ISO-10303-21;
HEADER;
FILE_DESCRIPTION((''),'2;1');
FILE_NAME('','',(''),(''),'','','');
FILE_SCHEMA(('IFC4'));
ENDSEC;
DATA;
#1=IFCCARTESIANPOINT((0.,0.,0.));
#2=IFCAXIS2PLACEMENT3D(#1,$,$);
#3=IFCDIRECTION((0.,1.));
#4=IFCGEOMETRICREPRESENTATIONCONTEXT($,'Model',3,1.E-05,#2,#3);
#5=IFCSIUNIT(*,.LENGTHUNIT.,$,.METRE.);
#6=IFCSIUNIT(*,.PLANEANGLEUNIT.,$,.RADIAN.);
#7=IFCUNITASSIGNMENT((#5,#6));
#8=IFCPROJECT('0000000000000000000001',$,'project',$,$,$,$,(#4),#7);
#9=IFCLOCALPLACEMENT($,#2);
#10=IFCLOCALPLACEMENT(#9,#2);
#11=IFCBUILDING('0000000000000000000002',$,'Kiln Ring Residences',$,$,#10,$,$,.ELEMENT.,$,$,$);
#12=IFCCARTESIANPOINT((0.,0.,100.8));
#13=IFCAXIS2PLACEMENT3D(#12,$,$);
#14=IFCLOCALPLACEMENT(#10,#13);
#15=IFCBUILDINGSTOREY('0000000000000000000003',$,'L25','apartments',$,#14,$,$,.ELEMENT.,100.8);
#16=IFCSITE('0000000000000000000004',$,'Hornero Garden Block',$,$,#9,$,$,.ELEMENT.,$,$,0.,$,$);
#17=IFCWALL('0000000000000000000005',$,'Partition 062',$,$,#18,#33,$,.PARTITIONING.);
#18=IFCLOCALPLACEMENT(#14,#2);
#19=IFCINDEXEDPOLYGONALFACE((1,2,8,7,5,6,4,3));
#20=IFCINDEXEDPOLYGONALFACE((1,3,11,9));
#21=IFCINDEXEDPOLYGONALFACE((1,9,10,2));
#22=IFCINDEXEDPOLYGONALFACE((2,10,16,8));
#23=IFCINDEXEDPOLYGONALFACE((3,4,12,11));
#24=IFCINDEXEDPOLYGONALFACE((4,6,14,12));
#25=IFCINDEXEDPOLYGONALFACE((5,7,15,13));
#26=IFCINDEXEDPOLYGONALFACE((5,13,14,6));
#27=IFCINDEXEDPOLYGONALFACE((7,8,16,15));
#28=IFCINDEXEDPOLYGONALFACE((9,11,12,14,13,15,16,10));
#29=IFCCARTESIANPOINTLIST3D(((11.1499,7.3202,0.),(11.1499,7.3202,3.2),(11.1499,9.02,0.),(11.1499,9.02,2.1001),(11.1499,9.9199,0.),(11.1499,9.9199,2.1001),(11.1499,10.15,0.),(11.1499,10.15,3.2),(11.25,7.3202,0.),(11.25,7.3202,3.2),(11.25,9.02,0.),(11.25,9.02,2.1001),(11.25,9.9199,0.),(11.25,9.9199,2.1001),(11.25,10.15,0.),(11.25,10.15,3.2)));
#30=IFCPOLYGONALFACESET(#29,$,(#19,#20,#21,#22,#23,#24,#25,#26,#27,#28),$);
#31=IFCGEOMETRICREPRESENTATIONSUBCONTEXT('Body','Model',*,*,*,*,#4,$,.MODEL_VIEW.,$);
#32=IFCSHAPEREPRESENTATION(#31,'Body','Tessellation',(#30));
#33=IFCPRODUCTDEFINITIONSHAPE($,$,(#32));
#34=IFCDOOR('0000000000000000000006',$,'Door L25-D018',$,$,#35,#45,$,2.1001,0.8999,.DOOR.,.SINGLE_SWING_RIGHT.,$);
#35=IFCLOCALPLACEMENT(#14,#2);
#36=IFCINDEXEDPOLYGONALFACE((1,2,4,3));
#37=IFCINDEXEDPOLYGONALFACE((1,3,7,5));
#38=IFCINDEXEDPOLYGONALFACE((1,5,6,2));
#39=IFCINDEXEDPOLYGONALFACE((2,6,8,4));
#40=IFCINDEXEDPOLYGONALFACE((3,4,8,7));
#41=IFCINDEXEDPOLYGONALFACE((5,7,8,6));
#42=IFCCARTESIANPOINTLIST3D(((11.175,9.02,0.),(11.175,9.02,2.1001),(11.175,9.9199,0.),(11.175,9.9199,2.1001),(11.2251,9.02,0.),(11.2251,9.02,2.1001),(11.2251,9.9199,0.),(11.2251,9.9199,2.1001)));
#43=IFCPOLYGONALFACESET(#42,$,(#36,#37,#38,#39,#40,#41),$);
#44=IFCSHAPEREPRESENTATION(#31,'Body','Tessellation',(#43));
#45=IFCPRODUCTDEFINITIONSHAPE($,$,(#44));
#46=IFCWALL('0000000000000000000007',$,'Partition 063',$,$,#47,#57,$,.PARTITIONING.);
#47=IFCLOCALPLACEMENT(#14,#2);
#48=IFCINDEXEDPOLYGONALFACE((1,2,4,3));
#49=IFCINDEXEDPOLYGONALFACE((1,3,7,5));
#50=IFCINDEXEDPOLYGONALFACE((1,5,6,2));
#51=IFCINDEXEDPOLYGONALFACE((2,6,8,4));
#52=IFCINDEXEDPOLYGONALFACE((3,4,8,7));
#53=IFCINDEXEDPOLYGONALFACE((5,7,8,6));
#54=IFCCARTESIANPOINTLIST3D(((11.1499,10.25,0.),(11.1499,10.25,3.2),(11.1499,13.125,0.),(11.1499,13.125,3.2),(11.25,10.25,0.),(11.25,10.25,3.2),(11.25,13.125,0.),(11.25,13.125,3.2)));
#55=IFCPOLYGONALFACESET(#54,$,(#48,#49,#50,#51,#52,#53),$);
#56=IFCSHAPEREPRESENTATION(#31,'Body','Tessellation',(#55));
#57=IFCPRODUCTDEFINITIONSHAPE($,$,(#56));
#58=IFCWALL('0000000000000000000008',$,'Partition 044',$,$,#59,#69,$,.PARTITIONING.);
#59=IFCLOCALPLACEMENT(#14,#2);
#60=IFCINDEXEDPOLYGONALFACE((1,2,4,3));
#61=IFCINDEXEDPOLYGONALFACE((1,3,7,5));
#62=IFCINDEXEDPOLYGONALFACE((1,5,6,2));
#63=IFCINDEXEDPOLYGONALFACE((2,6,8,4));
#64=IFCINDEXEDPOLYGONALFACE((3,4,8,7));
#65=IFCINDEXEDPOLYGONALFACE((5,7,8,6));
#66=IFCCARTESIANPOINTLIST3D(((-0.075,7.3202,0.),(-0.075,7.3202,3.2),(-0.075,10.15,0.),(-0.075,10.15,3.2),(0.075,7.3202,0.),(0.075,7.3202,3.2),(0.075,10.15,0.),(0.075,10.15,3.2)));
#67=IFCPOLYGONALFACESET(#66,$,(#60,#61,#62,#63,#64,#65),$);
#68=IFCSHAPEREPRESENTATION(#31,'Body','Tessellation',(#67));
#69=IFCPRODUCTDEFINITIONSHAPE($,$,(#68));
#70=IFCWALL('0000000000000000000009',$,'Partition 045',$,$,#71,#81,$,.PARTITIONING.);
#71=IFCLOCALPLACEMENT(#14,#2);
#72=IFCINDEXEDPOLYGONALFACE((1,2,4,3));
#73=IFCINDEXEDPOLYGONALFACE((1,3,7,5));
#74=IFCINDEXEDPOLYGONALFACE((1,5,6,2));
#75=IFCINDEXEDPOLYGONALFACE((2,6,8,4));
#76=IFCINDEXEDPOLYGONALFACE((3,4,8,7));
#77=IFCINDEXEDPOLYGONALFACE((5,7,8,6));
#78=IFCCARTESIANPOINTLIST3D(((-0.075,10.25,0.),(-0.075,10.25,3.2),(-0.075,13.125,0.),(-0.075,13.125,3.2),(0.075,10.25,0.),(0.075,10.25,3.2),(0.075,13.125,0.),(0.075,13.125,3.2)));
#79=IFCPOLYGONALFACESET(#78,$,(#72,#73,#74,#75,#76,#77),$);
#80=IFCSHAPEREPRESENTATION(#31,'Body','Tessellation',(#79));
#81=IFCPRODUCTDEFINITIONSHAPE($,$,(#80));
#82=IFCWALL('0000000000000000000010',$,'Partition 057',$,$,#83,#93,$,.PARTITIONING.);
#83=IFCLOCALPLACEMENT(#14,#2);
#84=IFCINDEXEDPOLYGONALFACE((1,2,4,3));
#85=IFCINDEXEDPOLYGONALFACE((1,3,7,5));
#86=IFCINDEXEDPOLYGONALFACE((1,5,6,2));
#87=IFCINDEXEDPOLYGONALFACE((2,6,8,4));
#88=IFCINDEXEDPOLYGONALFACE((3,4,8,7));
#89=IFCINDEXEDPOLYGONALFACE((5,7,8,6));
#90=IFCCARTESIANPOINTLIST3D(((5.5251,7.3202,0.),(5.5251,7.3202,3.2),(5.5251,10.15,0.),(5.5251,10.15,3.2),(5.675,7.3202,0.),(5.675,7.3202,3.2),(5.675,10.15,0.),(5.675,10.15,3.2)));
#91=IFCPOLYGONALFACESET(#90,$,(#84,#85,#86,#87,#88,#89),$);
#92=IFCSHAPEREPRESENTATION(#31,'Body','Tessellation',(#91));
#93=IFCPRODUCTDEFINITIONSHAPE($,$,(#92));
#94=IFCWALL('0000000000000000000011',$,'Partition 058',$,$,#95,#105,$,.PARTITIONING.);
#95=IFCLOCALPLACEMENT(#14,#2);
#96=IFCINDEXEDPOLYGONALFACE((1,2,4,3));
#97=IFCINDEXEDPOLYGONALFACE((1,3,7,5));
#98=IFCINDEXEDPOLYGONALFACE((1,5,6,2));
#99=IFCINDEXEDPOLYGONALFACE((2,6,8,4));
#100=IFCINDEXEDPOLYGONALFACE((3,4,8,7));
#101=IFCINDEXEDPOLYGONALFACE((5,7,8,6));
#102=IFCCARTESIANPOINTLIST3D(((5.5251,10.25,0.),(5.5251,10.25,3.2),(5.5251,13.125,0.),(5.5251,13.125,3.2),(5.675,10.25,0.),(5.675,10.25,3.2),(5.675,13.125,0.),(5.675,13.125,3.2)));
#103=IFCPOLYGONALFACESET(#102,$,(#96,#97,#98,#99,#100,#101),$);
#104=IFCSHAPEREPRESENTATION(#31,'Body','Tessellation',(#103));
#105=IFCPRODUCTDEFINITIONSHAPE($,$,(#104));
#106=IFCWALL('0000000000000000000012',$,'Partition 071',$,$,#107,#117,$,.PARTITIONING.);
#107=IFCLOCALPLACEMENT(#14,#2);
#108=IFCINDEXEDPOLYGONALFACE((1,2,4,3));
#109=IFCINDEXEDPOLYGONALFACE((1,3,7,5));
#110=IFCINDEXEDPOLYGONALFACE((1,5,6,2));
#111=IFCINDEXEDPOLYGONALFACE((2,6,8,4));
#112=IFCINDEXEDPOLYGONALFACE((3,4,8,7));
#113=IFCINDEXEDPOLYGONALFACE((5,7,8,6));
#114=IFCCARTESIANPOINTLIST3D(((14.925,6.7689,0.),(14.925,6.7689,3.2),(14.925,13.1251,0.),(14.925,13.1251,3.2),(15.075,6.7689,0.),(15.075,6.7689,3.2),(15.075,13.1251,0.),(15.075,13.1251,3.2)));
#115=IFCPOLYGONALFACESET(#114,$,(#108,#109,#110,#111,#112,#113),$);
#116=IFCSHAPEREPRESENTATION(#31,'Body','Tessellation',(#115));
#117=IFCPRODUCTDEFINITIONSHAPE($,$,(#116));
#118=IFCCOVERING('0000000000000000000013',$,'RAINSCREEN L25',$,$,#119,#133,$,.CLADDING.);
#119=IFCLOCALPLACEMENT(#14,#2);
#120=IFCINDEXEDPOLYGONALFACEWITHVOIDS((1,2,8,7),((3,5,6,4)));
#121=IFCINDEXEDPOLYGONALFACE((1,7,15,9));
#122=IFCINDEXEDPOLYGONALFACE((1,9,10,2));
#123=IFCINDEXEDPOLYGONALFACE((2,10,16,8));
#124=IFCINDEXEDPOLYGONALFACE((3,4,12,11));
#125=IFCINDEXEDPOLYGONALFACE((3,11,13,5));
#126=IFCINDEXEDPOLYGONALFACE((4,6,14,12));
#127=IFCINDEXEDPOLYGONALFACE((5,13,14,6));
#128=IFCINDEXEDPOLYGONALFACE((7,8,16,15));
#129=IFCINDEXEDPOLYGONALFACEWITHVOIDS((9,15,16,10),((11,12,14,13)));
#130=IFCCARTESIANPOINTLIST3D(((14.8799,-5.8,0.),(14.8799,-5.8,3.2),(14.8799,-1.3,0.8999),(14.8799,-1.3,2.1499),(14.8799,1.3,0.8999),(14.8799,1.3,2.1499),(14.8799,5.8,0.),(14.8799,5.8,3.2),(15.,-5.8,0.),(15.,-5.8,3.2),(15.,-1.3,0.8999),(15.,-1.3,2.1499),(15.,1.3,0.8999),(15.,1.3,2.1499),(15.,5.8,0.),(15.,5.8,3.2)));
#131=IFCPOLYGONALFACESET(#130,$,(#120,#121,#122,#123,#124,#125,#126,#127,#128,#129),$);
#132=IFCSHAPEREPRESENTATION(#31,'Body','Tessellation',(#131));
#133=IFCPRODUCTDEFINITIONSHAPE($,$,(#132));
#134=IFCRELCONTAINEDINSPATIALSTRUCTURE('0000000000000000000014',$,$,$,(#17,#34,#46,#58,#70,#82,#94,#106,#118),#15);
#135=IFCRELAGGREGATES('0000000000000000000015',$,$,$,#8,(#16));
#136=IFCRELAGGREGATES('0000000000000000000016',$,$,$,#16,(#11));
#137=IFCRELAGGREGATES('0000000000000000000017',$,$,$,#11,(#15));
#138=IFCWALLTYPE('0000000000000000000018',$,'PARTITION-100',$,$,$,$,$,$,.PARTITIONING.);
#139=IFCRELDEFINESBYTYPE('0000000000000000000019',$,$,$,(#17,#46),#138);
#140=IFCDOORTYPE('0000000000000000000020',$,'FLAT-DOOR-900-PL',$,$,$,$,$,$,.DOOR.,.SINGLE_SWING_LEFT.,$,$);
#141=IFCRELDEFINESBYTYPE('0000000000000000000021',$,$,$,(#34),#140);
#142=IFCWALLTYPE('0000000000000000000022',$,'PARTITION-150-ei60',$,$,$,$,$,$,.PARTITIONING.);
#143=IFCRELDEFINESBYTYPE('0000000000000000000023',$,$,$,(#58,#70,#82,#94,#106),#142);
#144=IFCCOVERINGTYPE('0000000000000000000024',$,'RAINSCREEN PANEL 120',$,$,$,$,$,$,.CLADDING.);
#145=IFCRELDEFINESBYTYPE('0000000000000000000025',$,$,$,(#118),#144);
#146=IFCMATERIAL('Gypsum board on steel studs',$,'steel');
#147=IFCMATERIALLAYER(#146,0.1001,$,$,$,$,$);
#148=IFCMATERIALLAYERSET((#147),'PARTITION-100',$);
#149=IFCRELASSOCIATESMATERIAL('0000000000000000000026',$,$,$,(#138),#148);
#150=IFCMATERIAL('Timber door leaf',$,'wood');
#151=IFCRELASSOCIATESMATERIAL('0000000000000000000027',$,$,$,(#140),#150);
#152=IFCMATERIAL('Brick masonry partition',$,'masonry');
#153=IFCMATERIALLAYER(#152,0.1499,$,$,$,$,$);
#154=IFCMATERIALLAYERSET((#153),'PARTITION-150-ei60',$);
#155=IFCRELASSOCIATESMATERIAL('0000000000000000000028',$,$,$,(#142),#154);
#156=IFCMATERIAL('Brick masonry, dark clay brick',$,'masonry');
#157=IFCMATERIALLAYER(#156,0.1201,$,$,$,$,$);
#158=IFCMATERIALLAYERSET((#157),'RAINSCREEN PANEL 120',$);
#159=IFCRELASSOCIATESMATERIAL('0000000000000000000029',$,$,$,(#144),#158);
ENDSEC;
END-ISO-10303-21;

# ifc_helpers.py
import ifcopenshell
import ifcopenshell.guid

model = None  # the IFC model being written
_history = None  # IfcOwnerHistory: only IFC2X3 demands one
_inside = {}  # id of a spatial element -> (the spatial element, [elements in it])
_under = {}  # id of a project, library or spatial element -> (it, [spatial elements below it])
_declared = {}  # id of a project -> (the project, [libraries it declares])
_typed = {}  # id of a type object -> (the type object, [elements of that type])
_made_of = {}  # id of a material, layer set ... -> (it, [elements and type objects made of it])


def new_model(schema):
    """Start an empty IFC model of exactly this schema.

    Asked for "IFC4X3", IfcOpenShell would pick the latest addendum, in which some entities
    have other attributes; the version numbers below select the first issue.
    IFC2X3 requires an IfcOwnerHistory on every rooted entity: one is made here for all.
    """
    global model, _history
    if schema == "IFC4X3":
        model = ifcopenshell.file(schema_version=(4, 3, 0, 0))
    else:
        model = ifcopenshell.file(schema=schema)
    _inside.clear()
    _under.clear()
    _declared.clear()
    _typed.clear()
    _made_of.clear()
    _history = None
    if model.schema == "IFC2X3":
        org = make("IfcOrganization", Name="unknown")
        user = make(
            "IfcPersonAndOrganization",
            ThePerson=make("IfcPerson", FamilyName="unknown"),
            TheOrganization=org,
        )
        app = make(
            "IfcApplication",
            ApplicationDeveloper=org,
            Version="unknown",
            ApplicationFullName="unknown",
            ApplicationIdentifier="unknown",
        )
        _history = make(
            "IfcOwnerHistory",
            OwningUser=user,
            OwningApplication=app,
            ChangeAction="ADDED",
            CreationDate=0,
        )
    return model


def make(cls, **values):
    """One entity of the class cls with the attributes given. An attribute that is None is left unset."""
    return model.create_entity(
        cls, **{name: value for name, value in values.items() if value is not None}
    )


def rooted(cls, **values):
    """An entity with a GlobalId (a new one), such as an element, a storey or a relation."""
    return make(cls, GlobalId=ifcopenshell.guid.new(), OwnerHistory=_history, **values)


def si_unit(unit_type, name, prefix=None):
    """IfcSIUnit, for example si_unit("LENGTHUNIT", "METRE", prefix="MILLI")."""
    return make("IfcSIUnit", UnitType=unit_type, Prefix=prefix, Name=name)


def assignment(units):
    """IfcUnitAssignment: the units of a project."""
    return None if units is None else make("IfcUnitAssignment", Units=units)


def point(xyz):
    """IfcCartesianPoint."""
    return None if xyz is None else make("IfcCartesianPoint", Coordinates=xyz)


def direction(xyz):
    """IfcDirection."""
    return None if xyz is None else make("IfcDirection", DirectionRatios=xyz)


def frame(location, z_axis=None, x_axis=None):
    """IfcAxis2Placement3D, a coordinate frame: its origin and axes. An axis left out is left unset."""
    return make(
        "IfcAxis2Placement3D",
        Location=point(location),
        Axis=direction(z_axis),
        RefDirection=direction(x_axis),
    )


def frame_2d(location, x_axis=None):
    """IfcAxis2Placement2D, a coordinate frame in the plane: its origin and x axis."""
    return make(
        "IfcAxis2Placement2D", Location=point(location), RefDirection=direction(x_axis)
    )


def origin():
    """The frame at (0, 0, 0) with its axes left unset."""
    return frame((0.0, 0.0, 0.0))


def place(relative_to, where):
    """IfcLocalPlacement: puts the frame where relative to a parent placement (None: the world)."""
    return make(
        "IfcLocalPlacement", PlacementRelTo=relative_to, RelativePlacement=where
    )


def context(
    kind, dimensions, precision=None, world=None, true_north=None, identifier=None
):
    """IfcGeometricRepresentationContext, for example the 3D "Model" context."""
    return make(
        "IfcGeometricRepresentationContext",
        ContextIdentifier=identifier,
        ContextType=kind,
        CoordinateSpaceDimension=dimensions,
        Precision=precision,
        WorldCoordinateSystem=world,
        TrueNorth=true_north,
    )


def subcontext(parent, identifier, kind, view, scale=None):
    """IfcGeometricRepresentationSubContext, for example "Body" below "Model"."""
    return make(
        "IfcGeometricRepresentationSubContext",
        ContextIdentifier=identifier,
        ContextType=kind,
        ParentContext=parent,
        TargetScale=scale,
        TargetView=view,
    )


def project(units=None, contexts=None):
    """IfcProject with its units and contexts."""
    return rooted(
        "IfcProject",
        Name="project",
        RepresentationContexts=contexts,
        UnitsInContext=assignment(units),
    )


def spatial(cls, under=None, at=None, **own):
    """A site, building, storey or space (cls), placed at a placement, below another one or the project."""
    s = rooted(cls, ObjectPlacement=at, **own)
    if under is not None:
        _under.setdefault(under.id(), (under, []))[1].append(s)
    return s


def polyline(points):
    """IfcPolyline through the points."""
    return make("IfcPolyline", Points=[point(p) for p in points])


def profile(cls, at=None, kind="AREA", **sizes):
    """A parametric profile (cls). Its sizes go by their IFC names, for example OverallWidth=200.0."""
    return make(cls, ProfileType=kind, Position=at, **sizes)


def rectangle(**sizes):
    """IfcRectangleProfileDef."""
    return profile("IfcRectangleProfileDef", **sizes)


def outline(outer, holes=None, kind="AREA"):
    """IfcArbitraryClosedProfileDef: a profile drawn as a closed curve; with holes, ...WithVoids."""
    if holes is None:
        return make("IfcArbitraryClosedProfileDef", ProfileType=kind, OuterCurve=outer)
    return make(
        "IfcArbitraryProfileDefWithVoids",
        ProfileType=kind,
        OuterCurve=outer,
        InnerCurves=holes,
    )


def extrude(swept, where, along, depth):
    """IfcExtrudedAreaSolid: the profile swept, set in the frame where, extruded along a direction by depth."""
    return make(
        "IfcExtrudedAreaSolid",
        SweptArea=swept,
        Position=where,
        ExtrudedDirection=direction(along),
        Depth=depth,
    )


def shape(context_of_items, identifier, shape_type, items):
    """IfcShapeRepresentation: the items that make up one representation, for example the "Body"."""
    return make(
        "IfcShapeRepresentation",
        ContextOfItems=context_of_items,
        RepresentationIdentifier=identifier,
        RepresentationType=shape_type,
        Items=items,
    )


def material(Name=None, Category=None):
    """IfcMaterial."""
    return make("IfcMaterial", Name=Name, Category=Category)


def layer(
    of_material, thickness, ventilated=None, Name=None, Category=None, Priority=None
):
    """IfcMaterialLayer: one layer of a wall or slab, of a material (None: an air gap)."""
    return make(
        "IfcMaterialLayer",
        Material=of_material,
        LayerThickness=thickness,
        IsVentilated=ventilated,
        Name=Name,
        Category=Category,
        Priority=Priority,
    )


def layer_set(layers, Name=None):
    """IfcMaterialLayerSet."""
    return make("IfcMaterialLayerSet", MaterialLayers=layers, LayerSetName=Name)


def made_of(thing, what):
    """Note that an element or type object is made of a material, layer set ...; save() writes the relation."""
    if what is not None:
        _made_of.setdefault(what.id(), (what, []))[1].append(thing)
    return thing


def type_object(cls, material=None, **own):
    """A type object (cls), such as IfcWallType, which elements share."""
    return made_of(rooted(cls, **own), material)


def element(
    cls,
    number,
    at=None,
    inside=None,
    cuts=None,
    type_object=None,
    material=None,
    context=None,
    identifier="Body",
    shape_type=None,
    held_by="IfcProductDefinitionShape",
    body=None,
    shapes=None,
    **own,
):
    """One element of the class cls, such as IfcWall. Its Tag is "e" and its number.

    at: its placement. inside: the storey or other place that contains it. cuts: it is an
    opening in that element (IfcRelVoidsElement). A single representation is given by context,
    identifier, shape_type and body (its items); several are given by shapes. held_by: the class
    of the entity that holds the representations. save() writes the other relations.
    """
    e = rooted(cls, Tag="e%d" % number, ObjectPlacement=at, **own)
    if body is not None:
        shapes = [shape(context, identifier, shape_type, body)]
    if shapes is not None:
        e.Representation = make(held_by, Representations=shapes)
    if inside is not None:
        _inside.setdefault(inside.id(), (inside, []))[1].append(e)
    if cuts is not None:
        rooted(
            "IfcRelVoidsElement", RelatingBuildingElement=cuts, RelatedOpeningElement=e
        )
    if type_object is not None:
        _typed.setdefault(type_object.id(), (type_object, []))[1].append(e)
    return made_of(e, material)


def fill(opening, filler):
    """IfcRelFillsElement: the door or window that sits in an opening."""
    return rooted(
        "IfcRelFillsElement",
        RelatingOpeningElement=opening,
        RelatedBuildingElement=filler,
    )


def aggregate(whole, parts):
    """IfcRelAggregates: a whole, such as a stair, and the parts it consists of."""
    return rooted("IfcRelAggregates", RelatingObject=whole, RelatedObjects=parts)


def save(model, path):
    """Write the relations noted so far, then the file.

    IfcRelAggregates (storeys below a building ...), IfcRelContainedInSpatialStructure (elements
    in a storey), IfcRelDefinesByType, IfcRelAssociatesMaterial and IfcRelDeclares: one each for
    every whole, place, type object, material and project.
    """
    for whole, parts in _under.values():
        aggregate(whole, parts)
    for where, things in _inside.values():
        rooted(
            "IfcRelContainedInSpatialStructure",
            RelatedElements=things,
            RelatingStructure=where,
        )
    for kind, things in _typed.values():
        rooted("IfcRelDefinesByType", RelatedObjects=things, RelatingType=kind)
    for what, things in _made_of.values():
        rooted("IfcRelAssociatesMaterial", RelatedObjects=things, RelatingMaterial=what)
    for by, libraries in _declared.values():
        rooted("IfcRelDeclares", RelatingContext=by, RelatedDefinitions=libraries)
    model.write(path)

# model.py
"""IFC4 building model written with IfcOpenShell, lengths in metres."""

from ifc_helpers import new_model, si_unit, direction, frame, frame_2d, origin, place, context, subcontext, project, spatial, polyline, rectangle, outline, extrude, material, layer, layer_set, type_object, element, fill, save


model = new_model("IFC4")

# Units and contexts
model_context = context("Model", 3, precision=1e-05, world=origin(), true_north=direction((0.0, 1.0)))
body_context = subcontext(model_context, "Body", "Model", "MODEL_VIEW")
ifc_project = project(units=[si_unit("LENGTHUNIT", "METRE"), si_unit("PLANEANGLEUNIT", "RADIAN")], contexts=[model_context])

# Site, building, storey
site_placement = place(None, origin())
site = spatial("IfcSite", under=ifc_project, at=site_placement, Name="Hornero Garden Block", CompositionType="ELEMENT", RefElevation=0.0)
building_placement = place(site_placement, origin())
building = spatial("IfcBuilding", under=site, at=building_placement, Name="Kiln Ring Residences", CompositionType="ELEMENT")
storey_placement = place(building_placement, frame((0.0, 0.0, 100.8)))
storey = spatial("IfcBuildingStorey", under=building, at=storey_placement, Name="L25", Description="apartments", CompositionType="ELEMENT", Elevation=100.8)

# Shared definitions
ifc_material_1 = material(Name="Gypsum board on steel studs", Category="steel")
ifc_layer_1 = layer(ifc_material_1, 0.1001)
ifc_layer_set_1 = layer_set([ifc_layer_1], Name="PARTITION-100")
wall_type_1 = type_object("IfcWallType", Name="PARTITION-100", PredefinedType="PARTITIONING", material=ifc_layer_set_1)

# Wall, opening, door
wall_1_placement = place(storey_placement, frame((11.2, 7.3201, 0.0), z_axis=(0.0, 0.0, 1.0), x_axis=(0.0, 1.0, 0.0)))
wall_1 = element("IfcWall", 1, at=wall_1_placement, inside=storey, type_object=wall_type_1, Name="Partition 062", PredefinedType="PARTITIONING", context=body_context, shape_type="SweptSolid", body=[
    extrude(rectangle(XDim=2.8298, YDim=0.1001, at=frame_2d((1.415, 0.0))), origin(), (0.0, 0.0, 1.0), 3.2),
])
opening_placement = place(wall_1_placement, frame((1.7, 0.0, 0.0)))
opening = element("IfcOpeningElement", 2, at=opening_placement, cuts=wall_1, PredefinedType="OPENING", context=body_context, shape_type="SweptSolid", body=[
    extrude(rectangle(XDim=0.8999, YDim=2.1001, at=frame_2d((0.45, 1.05))), frame((0.0, 0.0601, 0.0), z_axis=(0.0, -1.0, 0.0), x_axis=(1.0, 0.0, 0.0)), (0.0, 0.0, 1.0), 0.1201),
])
ifc_material_2 = material(Name="Timber door leaf", Category="wood")
door_type = type_object("IfcDoorType", Name="FLAT-DOOR-900-PL", OperationType="SINGLE_SWING_LEFT", PredefinedType="DOOR", material=ifc_material_2)
door_placement = place(opening_placement, origin())
door = element("IfcDoor", 3, at=door_placement, inside=storey, type_object=door_type, Name="Door L25-D018", OperationType="SINGLE_SWING_RIGHT", OverallHeight=2.1001, OverallWidth=0.8999, PredefinedType="DOOR", context=body_context, shape_type="SweptSolid", body=[
    extrude(rectangle(XDim=0.8999, YDim=2.1001, at=frame_2d((0.45, 1.05))), frame((0.0, 0.0249, 0.0), z_axis=(0.0, -1.0, 0.0), x_axis=(1.0, 0.0, 0.0)), (0.0, 0.0, 1.0), 0.05),
])
fill(opening, door)

# Walls
wall_2_placement = place(storey_placement, frame((11.2, 10.25, 0.0), z_axis=(0.0, 0.0, 1.0), x_axis=(0.0, 1.0, 0.0)))
element("IfcWall", 4, at=wall_2_placement, inside=storey, type_object=wall_type_1, Name="Partition 063", PredefinedType="PARTITIONING", context=body_context, shape_type="SweptSolid", body=[
    extrude(rectangle(XDim=2.875, YDim=0.1001, at=frame_2d((1.4375, 0.0))), origin(), (0.0, 0.0, 1.0), 3.2),
])
ifc_material_3 = material(Name="Brick masonry partition", Category="masonry")
ifc_layer_2 = layer(ifc_material_3, 0.1499)
ifc_layer_set_2 = layer_set([ifc_layer_2], Name="PARTITION-150-ei60")
wall_type_2 = type_object("IfcWallType", Name="PARTITION-150-ei60", PredefinedType="PARTITIONING", material=ifc_layer_set_2)
wall_3_placement = place(storey_placement, frame((0.0, 7.3201, 0.0), z_axis=(0.0, 0.0, 1.0), x_axis=(0.0, 1.0, 0.0)))
element("IfcWall", 5, at=wall_3_placement, inside=storey, type_object=wall_type_2, Name="Partition 044", PredefinedType="PARTITIONING", context=body_context, shape_type="SweptSolid", body=[
    extrude(rectangle(XDim=2.8298, YDim=0.1499, at=frame_2d((1.415, 0.0))), origin(), (0.0, 0.0, 1.0), 3.2),
])
wall_4_placement = place(storey_placement, frame((0.0, 10.25, 0.0), z_axis=(0.0, 0.0, 1.0), x_axis=(0.0, 1.0, 0.0)))
element("IfcWall", 6, at=wall_4_placement, inside=storey, type_object=wall_type_2, Name="Partition 045", PredefinedType="PARTITIONING", context=body_context, shape_type="SweptSolid", body=[
    extrude(rectangle(XDim=2.875, YDim=0.1499, at=frame_2d((1.4375, 0.0))), origin(), (0.0, 0.0, 1.0), 3.2),
])
wall_5_placement = place(storey_placement, frame((5.6001, 7.3201, 0.0), z_axis=(0.0, 0.0, 1.0), x_axis=(0.0, 1.0, 0.0)))
element("IfcWall", 7, at=wall_5_placement, inside=storey, type_object=wall_type_2, Name="Partition 057", PredefinedType="PARTITIONING", context=body_context, shape_type="SweptSolid", body=[
    extrude(rectangle(XDim=2.8298, YDim=0.1499, at=frame_2d((1.415, 0.0))), origin(), (0.0, 0.0, 1.0), 3.2),
])
wall_6_placement = place(storey_placement, frame((5.6001, 10.25, 0.0), z_axis=(0.0, 0.0, 1.0), x_axis=(0.0, 1.0, 0.0)))
element("IfcWall", 8, at=wall_6_placement, inside=storey, type_object=wall_type_2, Name="Partition 058", PredefinedType="PARTITIONING", context=body_context, shape_type="SweptSolid", body=[
    extrude(rectangle(XDim=2.875, YDim=0.1499, at=frame_2d((1.4375, 0.0))), origin(), (0.0, 0.0, 1.0), 3.2),
])
wall_7_placement = place(storey_placement, frame((15.0, 6.7688, 0.0), z_axis=(0.0, 0.0, 1.0), x_axis=(0.0, 1.0, 0.0)))
element("IfcWall", 9, at=wall_7_placement, inside=storey, type_object=wall_type_2, Name="Partition 071", PredefinedType="PARTITIONING", context=body_context, shape_type="SweptSolid", body=[
    extrude(rectangle(XDim=6.3562, YDim=0.1499, at=frame_2d((3.1782, 0.0))), origin(), (0.0, 0.0, 1.0), 3.2),
])

# Covering
ifc_material_4 = material(Name="Brick masonry, dark clay brick", Category="masonry")
ifc_layer_3 = layer(ifc_material_4, 0.1201)
ifc_layer_set_3 = layer_set([ifc_layer_3], Name="RAINSCREEN PANEL 120")
covering_type = type_object("IfcCoveringType", Name="RAINSCREEN PANEL 120", PredefinedType="CLADDING", material=ifc_layer_set_3)
covering_placement = place(storey_placement, frame((14.9399, 5.8, 0.0), z_axis=(0.0, 0.0, 1.0), x_axis=(0.0, -1.0, 0.0)))
element("IfcCovering", 10, at=covering_placement, inside=storey, type_object=covering_type, Name="RAINSCREEN L25", PredefinedType="CLADDING", context=body_context, shape_type="SweptSolid", body=[
    extrude(outline(polyline([(0.0, 0.0), (11.6001, 0.0), (11.6001, 3.2), (0.0, 3.2), (0.0, 0.0)]), holes=[polyline([(4.5, 2.1499), (4.5, 0.8999), (7.1001, 0.8999), (7.1001, 2.1499), (4.5, 2.1499)])]), frame((0.0, 0.0601, 0.0), z_axis=(0.0, -1.0, 0.0), x_axis=(1.0, 0.0, 0.0)), (0.0, 0.0, 1.0), 0.1201),
])

save(model, "model.ifc")
